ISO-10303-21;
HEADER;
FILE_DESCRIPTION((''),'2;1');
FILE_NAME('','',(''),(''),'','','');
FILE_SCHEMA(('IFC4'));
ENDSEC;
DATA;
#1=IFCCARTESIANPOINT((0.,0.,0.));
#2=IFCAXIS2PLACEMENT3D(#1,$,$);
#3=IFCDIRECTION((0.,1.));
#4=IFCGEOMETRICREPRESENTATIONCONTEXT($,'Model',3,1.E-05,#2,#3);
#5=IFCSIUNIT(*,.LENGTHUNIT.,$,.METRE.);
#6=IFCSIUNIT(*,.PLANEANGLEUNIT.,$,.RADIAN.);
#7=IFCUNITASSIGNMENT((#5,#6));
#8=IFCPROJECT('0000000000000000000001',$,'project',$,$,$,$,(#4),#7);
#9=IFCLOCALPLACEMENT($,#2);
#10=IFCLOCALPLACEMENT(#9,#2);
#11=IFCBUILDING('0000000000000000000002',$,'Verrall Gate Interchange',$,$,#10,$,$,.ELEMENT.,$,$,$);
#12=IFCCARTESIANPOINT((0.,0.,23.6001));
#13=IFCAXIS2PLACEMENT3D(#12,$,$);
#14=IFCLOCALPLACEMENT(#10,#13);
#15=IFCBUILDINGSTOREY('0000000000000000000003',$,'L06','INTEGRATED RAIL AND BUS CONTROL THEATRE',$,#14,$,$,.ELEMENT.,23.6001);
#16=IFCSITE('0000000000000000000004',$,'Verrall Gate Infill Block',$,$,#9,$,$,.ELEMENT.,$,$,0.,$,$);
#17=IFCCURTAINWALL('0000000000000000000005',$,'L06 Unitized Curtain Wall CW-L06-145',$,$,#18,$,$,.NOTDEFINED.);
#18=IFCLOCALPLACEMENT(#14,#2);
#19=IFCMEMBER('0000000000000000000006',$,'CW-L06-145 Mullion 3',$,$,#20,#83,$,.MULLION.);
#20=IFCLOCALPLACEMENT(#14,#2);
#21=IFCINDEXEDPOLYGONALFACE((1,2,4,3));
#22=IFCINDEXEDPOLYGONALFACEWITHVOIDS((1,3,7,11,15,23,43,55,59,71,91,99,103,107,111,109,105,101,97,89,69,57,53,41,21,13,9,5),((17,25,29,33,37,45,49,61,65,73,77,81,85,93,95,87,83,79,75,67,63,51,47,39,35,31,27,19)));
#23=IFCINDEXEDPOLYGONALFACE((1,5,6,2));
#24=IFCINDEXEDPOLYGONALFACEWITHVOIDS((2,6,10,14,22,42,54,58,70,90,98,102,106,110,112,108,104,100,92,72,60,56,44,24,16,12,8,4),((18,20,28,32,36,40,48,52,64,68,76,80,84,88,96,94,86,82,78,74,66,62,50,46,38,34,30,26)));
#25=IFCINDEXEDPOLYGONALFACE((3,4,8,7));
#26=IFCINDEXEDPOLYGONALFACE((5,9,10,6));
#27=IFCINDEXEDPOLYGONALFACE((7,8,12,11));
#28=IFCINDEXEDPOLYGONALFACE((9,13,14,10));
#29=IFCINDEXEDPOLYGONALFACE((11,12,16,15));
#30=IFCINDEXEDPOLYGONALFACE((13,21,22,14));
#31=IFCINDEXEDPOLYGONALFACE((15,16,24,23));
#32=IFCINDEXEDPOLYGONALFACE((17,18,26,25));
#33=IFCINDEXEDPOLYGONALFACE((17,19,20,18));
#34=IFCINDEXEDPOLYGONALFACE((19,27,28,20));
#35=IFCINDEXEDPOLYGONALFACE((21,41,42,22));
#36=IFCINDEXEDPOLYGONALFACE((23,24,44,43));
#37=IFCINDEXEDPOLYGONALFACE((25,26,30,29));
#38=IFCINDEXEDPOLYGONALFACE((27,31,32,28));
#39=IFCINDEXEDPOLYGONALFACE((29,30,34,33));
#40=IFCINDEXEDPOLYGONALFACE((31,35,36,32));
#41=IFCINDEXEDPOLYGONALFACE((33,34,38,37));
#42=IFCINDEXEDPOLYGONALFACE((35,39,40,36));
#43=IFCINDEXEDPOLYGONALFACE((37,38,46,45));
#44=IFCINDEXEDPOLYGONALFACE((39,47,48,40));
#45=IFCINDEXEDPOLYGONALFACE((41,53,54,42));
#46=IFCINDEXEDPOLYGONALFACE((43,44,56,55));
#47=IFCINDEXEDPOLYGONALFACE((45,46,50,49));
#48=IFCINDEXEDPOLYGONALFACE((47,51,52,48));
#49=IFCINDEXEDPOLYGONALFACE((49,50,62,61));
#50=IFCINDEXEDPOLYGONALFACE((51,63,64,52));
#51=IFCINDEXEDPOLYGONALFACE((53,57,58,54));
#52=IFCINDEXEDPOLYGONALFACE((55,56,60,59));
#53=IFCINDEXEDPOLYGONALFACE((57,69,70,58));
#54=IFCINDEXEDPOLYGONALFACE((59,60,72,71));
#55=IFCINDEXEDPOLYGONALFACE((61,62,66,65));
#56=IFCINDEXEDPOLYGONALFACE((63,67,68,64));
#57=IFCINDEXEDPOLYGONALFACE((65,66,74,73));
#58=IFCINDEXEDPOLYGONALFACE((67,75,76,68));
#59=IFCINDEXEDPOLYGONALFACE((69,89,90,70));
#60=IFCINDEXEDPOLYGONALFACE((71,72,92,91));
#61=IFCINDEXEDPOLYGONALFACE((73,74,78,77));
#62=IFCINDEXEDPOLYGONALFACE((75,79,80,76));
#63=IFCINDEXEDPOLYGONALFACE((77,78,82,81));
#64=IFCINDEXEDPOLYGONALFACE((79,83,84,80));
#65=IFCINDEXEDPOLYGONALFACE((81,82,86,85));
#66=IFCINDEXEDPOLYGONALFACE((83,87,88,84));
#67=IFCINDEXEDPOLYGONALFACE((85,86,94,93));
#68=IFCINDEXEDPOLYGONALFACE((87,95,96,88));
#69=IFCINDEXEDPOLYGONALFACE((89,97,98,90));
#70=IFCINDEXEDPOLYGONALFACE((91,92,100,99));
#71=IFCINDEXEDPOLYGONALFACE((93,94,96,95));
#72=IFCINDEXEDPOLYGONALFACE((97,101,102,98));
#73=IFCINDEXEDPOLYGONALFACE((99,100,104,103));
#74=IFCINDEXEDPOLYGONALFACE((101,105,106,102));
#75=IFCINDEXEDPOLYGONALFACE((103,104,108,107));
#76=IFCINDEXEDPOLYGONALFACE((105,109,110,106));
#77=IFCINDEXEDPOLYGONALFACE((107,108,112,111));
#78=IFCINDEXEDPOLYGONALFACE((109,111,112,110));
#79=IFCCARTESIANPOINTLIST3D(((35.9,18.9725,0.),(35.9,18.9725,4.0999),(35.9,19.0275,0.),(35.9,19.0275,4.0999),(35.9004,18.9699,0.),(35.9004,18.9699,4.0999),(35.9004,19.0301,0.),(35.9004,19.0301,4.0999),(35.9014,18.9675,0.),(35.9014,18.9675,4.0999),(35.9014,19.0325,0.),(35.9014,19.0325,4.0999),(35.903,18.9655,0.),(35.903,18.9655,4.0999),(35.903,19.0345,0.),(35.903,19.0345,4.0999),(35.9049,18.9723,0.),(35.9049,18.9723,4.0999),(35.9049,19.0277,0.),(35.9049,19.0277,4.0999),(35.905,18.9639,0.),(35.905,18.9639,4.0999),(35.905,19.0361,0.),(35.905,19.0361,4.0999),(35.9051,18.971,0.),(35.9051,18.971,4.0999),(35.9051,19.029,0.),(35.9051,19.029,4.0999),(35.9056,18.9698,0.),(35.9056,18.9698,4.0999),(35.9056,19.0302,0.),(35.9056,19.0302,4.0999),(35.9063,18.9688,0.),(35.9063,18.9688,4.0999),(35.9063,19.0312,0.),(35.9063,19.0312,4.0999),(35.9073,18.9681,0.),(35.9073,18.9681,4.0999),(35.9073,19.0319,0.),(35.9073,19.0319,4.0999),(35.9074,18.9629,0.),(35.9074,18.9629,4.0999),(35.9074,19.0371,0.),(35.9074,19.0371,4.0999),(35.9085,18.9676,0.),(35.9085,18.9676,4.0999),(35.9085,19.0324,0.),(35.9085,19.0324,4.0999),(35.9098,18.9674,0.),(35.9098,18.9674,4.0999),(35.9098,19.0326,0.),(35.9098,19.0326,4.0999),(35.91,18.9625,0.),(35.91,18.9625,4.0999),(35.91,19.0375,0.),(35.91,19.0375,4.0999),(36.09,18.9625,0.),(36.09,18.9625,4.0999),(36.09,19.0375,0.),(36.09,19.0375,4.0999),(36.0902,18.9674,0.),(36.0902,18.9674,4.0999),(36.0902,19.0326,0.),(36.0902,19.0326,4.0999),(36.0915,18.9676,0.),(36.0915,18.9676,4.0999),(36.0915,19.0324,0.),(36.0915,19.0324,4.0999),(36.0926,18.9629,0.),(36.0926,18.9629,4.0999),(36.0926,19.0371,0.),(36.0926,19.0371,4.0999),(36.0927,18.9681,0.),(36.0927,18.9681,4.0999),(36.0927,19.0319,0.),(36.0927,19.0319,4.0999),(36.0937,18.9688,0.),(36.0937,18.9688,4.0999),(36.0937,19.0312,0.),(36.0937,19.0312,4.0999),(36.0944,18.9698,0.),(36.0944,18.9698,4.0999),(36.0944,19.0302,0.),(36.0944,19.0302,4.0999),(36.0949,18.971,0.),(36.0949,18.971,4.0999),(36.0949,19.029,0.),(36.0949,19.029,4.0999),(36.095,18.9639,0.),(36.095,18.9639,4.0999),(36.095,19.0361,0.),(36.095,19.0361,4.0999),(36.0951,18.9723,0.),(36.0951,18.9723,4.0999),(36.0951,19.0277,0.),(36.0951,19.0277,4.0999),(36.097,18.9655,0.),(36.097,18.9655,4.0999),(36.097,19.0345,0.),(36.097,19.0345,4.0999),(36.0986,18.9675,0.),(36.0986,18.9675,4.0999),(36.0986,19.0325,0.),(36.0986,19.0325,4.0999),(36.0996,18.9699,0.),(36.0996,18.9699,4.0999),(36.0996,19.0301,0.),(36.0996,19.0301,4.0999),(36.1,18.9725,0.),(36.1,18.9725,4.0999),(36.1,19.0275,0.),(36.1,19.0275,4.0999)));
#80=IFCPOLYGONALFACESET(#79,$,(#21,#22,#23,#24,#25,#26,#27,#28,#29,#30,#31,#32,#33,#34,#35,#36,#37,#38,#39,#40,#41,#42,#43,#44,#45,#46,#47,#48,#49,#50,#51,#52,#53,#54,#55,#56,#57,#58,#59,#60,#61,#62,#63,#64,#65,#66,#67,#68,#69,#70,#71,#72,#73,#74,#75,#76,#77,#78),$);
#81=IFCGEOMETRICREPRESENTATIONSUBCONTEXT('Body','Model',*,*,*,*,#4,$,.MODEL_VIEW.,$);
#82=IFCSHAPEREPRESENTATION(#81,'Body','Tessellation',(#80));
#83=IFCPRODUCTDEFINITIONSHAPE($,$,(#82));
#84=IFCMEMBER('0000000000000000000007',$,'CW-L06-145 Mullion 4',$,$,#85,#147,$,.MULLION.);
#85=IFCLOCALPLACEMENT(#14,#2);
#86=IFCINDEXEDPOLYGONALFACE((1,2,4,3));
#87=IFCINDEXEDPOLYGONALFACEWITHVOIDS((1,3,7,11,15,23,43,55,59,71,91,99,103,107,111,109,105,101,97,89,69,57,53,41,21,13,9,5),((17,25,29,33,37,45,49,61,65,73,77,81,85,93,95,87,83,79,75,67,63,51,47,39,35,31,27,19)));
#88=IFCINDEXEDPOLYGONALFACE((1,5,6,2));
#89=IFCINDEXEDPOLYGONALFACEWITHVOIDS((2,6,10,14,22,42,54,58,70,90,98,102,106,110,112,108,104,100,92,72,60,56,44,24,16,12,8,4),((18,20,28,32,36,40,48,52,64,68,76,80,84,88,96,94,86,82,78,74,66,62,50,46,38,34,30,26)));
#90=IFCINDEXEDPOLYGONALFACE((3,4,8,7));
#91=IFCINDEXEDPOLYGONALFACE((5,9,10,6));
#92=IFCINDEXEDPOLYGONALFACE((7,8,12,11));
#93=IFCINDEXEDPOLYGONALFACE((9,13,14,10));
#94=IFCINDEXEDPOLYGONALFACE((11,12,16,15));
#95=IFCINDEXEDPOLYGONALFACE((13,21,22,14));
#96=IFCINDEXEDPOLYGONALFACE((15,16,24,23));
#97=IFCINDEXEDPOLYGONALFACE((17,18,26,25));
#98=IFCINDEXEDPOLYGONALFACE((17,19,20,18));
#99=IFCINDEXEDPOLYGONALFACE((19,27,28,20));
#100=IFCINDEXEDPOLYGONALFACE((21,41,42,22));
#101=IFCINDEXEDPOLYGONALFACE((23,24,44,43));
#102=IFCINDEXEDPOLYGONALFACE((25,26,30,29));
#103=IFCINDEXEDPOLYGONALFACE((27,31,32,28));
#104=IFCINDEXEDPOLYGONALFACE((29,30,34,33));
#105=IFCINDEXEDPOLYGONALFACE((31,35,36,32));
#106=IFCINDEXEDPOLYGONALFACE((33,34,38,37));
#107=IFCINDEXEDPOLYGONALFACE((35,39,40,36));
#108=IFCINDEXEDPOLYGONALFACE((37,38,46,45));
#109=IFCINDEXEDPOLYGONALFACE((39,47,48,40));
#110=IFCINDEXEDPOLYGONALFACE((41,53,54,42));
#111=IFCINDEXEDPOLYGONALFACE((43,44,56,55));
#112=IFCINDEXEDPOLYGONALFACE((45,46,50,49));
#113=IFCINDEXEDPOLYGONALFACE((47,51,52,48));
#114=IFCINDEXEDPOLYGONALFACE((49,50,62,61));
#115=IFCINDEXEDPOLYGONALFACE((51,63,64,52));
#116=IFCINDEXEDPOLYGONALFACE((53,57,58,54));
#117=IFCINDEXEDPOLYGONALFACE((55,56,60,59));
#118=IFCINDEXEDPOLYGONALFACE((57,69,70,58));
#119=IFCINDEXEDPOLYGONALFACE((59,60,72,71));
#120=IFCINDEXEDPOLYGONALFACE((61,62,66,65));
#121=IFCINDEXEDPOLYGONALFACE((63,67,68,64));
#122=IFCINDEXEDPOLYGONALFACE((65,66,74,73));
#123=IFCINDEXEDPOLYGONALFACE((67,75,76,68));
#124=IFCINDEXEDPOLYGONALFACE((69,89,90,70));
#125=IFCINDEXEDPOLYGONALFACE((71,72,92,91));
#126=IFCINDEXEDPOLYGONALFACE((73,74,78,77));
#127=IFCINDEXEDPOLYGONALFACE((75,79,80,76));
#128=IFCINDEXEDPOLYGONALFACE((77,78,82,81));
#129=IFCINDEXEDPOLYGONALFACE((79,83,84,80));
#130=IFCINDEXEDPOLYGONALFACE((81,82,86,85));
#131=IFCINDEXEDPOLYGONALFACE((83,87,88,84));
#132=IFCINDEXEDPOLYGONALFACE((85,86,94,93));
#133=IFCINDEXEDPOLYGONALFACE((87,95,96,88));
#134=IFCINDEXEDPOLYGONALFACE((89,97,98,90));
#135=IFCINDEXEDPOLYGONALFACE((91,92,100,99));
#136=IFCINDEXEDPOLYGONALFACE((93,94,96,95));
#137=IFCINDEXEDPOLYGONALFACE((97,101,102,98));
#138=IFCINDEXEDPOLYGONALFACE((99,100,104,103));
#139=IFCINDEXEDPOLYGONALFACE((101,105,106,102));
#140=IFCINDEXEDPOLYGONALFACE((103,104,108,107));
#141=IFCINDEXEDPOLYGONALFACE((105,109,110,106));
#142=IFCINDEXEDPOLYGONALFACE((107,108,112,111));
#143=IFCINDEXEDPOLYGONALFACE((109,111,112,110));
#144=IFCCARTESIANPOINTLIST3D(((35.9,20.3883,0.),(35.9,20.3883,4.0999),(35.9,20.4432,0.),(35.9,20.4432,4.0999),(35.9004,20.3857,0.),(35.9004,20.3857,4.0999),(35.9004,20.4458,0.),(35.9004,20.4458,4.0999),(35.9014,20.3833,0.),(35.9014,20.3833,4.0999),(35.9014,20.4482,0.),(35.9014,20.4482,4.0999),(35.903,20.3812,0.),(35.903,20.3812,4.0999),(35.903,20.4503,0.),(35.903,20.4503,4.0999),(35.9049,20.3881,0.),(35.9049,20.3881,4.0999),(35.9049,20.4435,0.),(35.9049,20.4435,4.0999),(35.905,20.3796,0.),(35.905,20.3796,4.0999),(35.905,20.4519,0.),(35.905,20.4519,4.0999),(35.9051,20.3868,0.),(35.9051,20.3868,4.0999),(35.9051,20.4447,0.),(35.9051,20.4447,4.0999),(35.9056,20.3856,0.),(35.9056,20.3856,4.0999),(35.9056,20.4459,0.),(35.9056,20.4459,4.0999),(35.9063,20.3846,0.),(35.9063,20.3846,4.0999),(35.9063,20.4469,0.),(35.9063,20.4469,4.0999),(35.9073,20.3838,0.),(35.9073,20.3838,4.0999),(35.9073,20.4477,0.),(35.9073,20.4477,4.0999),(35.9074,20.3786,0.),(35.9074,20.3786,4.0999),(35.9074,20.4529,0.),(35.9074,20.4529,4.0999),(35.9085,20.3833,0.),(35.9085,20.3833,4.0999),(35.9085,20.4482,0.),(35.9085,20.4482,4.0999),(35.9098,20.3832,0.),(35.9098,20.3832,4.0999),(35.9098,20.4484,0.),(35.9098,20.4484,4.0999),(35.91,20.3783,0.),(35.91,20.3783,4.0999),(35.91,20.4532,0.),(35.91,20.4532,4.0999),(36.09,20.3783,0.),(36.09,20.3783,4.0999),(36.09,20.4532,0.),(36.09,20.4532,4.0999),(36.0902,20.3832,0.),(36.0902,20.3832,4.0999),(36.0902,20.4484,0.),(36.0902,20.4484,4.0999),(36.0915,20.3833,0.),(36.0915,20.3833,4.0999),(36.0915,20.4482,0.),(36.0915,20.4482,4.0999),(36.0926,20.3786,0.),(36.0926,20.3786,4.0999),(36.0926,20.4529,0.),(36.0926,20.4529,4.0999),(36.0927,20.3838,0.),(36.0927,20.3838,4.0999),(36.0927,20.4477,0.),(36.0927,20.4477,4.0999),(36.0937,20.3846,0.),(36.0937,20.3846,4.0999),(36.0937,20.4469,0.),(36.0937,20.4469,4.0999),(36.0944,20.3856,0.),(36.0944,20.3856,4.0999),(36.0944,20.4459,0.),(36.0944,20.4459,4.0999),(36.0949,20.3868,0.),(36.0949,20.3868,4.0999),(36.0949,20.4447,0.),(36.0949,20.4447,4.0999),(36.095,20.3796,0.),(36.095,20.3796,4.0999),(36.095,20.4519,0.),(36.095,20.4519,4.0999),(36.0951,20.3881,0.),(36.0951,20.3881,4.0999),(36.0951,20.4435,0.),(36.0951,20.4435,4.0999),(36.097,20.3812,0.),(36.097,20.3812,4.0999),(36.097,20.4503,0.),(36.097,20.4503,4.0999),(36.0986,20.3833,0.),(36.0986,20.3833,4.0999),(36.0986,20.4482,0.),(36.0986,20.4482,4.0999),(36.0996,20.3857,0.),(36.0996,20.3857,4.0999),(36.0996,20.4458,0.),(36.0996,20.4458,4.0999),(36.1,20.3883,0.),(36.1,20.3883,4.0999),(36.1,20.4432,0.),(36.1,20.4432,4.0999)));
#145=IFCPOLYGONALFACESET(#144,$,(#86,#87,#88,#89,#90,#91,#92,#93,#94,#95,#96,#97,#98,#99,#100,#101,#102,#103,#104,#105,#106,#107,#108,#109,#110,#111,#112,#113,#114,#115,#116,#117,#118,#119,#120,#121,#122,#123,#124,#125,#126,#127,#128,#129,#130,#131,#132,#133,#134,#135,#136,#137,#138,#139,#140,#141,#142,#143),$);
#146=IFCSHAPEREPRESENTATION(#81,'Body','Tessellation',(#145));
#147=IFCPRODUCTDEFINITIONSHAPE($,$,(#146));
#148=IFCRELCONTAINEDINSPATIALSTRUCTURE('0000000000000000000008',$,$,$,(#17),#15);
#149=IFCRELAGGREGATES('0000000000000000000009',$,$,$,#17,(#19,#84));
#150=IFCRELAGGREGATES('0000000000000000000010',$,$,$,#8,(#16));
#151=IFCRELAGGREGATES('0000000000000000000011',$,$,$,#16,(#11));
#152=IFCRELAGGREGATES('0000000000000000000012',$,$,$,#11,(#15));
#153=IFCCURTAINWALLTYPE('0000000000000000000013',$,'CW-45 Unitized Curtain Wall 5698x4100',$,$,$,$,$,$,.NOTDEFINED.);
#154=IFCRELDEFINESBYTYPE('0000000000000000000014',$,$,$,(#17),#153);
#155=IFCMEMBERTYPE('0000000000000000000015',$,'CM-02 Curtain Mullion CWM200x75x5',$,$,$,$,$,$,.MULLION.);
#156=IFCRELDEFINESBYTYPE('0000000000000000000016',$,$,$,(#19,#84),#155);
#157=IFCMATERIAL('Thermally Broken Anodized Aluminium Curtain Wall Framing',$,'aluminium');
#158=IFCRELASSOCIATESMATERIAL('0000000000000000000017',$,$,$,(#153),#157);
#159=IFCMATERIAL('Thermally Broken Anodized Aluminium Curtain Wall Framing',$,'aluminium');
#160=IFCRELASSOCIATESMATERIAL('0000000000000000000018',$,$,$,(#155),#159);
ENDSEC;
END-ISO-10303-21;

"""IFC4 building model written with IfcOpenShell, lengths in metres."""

from ifc_helpers import new_model, si_unit, direction, frame, origin, origin_2d, place, context, subcontext, project, spatial, hollow_rectangle, extrude, material, material_profile, profile_set, type_object, element, aggregate, save


model = new_model("IFC4")

# Units and contexts
model_context = context("Model", 3, precision=1e-05, world=origin(), true_north=direction((0.0, 1.0)))
body_context = subcontext(model_context, "Body", "Model", "MODEL_VIEW")
ifc_project = project(units=[si_unit("LENGTHUNIT", "METRE"), si_unit("PLANEANGLEUNIT", "RADIAN")], contexts=[model_context])

# Site, building, storey
site_placement = place(None, origin())
site = spatial("IfcSite", under=ifc_project, at=site_placement, Name="Verrall Gate Infill Block", CompositionType="ELEMENT", RefElevation=0.0)
building_placement = place(site_placement, origin())
building = spatial("IfcBuilding", under=site, at=building_placement, Name="Verrall Gate Interchange", CompositionType="ELEMENT")
storey_placement = place(building_placement, frame((0.0, 0.0, 23.6001)))
storey = spatial("IfcBuildingStorey", under=building, at=storey_placement, Name="L06", Description="INTEGRATED RAIL AND BUS CONTROL THEATRE", CompositionType="ELEMENT", Elevation=23.6001)

# Curtain wall, members
ifc_material_1 = material(Name="Thermally Broken Anodized Aluminium Curtain Wall Framing", Category="aluminium")
curtain_wall_type = type_object("IfcCurtainWallType", Name="CW-45 Unitized Curtain Wall 5698x4100", PredefinedType="NOTDEFINED", material=ifc_material_1)
curtain_wall_1_placement = place(storey_placement, origin())
curtain_wall_1 = element("IfcCurtainWall", 1, at=curtain_wall_1_placement, inside=storey, type_object=curtain_wall_type, Name="L06 Unitized Curtain Wall CW-L06-145", PredefinedType="NOTDEFINED")
ifc_material_2 = material(Name="Thermally Broken Anodized Aluminium Curtain Wall Framing", Category="aluminium")
ifc_material_profile_1 = material_profile(ifc_material_2, hollow_rectangle(XDim=0.075, YDim=0.2, WallThickness=0.0049, InnerFilletRadius=0.0049, OuterFilletRadius=0.01, at=origin_2d()), Name="CWM200x75x5")
ifc_profile_set_1 = profile_set([ifc_material_profile_1], Name="Thermally Broken Anodized Aluminium Curtain Wall Framing")
member_type_1 = type_object("IfcMemberType", Name="CM-02 Curtain Mullion CWM200x75x5", PredefinedType="MULLION", material=ifc_profile_set_1)
member_1_placement = place(storey_placement, frame((36.0, 19.0, 0.0), z_axis=(0.0, 0.0, 1.0), x_axis=(0.0, 1.0, 0.0)))
member_1 = element("IfcMember", 2, at=member_1_placement, type_object=member_type_1, Name="CW-L06-145 Mullion 3", PredefinedType="MULLION", context=body_context, shape_type="SweptSolid", body=[
    extrude(hollow_rectangle(XDim=0.075, YDim=0.2, WallThickness=0.0049, InnerFilletRadius=0.0049, OuterFilletRadius=0.01, at=origin_2d()), origin(), (0.0, 0.0, 1.0), 4.0999),
])
member_2_placement = place(storey_placement, frame((36.0, 20.4158, 0.0), z_axis=(0.0, 0.0, 1.0), x_axis=(0.0, 1.0, 0.0)))
member_2 = element("IfcMember", 3, at=member_2_placement, type_object=member_type_1, Name="CW-L06-145 Mullion 4", PredefinedType="MULLION", context=body_context, shape_type="SweptSolid", body=[
    extrude(hollow_rectangle(XDim=0.075, YDim=0.2, WallThickness=0.0049, InnerFilletRadius=0.0049, OuterFilletRadius=0.01, at=origin_2d()), origin(), (0.0, 0.0, 1.0), 4.0999),
])

aggregate(curtain_wall_1, [member_1, member_2])

save(model, "model.ifc")
